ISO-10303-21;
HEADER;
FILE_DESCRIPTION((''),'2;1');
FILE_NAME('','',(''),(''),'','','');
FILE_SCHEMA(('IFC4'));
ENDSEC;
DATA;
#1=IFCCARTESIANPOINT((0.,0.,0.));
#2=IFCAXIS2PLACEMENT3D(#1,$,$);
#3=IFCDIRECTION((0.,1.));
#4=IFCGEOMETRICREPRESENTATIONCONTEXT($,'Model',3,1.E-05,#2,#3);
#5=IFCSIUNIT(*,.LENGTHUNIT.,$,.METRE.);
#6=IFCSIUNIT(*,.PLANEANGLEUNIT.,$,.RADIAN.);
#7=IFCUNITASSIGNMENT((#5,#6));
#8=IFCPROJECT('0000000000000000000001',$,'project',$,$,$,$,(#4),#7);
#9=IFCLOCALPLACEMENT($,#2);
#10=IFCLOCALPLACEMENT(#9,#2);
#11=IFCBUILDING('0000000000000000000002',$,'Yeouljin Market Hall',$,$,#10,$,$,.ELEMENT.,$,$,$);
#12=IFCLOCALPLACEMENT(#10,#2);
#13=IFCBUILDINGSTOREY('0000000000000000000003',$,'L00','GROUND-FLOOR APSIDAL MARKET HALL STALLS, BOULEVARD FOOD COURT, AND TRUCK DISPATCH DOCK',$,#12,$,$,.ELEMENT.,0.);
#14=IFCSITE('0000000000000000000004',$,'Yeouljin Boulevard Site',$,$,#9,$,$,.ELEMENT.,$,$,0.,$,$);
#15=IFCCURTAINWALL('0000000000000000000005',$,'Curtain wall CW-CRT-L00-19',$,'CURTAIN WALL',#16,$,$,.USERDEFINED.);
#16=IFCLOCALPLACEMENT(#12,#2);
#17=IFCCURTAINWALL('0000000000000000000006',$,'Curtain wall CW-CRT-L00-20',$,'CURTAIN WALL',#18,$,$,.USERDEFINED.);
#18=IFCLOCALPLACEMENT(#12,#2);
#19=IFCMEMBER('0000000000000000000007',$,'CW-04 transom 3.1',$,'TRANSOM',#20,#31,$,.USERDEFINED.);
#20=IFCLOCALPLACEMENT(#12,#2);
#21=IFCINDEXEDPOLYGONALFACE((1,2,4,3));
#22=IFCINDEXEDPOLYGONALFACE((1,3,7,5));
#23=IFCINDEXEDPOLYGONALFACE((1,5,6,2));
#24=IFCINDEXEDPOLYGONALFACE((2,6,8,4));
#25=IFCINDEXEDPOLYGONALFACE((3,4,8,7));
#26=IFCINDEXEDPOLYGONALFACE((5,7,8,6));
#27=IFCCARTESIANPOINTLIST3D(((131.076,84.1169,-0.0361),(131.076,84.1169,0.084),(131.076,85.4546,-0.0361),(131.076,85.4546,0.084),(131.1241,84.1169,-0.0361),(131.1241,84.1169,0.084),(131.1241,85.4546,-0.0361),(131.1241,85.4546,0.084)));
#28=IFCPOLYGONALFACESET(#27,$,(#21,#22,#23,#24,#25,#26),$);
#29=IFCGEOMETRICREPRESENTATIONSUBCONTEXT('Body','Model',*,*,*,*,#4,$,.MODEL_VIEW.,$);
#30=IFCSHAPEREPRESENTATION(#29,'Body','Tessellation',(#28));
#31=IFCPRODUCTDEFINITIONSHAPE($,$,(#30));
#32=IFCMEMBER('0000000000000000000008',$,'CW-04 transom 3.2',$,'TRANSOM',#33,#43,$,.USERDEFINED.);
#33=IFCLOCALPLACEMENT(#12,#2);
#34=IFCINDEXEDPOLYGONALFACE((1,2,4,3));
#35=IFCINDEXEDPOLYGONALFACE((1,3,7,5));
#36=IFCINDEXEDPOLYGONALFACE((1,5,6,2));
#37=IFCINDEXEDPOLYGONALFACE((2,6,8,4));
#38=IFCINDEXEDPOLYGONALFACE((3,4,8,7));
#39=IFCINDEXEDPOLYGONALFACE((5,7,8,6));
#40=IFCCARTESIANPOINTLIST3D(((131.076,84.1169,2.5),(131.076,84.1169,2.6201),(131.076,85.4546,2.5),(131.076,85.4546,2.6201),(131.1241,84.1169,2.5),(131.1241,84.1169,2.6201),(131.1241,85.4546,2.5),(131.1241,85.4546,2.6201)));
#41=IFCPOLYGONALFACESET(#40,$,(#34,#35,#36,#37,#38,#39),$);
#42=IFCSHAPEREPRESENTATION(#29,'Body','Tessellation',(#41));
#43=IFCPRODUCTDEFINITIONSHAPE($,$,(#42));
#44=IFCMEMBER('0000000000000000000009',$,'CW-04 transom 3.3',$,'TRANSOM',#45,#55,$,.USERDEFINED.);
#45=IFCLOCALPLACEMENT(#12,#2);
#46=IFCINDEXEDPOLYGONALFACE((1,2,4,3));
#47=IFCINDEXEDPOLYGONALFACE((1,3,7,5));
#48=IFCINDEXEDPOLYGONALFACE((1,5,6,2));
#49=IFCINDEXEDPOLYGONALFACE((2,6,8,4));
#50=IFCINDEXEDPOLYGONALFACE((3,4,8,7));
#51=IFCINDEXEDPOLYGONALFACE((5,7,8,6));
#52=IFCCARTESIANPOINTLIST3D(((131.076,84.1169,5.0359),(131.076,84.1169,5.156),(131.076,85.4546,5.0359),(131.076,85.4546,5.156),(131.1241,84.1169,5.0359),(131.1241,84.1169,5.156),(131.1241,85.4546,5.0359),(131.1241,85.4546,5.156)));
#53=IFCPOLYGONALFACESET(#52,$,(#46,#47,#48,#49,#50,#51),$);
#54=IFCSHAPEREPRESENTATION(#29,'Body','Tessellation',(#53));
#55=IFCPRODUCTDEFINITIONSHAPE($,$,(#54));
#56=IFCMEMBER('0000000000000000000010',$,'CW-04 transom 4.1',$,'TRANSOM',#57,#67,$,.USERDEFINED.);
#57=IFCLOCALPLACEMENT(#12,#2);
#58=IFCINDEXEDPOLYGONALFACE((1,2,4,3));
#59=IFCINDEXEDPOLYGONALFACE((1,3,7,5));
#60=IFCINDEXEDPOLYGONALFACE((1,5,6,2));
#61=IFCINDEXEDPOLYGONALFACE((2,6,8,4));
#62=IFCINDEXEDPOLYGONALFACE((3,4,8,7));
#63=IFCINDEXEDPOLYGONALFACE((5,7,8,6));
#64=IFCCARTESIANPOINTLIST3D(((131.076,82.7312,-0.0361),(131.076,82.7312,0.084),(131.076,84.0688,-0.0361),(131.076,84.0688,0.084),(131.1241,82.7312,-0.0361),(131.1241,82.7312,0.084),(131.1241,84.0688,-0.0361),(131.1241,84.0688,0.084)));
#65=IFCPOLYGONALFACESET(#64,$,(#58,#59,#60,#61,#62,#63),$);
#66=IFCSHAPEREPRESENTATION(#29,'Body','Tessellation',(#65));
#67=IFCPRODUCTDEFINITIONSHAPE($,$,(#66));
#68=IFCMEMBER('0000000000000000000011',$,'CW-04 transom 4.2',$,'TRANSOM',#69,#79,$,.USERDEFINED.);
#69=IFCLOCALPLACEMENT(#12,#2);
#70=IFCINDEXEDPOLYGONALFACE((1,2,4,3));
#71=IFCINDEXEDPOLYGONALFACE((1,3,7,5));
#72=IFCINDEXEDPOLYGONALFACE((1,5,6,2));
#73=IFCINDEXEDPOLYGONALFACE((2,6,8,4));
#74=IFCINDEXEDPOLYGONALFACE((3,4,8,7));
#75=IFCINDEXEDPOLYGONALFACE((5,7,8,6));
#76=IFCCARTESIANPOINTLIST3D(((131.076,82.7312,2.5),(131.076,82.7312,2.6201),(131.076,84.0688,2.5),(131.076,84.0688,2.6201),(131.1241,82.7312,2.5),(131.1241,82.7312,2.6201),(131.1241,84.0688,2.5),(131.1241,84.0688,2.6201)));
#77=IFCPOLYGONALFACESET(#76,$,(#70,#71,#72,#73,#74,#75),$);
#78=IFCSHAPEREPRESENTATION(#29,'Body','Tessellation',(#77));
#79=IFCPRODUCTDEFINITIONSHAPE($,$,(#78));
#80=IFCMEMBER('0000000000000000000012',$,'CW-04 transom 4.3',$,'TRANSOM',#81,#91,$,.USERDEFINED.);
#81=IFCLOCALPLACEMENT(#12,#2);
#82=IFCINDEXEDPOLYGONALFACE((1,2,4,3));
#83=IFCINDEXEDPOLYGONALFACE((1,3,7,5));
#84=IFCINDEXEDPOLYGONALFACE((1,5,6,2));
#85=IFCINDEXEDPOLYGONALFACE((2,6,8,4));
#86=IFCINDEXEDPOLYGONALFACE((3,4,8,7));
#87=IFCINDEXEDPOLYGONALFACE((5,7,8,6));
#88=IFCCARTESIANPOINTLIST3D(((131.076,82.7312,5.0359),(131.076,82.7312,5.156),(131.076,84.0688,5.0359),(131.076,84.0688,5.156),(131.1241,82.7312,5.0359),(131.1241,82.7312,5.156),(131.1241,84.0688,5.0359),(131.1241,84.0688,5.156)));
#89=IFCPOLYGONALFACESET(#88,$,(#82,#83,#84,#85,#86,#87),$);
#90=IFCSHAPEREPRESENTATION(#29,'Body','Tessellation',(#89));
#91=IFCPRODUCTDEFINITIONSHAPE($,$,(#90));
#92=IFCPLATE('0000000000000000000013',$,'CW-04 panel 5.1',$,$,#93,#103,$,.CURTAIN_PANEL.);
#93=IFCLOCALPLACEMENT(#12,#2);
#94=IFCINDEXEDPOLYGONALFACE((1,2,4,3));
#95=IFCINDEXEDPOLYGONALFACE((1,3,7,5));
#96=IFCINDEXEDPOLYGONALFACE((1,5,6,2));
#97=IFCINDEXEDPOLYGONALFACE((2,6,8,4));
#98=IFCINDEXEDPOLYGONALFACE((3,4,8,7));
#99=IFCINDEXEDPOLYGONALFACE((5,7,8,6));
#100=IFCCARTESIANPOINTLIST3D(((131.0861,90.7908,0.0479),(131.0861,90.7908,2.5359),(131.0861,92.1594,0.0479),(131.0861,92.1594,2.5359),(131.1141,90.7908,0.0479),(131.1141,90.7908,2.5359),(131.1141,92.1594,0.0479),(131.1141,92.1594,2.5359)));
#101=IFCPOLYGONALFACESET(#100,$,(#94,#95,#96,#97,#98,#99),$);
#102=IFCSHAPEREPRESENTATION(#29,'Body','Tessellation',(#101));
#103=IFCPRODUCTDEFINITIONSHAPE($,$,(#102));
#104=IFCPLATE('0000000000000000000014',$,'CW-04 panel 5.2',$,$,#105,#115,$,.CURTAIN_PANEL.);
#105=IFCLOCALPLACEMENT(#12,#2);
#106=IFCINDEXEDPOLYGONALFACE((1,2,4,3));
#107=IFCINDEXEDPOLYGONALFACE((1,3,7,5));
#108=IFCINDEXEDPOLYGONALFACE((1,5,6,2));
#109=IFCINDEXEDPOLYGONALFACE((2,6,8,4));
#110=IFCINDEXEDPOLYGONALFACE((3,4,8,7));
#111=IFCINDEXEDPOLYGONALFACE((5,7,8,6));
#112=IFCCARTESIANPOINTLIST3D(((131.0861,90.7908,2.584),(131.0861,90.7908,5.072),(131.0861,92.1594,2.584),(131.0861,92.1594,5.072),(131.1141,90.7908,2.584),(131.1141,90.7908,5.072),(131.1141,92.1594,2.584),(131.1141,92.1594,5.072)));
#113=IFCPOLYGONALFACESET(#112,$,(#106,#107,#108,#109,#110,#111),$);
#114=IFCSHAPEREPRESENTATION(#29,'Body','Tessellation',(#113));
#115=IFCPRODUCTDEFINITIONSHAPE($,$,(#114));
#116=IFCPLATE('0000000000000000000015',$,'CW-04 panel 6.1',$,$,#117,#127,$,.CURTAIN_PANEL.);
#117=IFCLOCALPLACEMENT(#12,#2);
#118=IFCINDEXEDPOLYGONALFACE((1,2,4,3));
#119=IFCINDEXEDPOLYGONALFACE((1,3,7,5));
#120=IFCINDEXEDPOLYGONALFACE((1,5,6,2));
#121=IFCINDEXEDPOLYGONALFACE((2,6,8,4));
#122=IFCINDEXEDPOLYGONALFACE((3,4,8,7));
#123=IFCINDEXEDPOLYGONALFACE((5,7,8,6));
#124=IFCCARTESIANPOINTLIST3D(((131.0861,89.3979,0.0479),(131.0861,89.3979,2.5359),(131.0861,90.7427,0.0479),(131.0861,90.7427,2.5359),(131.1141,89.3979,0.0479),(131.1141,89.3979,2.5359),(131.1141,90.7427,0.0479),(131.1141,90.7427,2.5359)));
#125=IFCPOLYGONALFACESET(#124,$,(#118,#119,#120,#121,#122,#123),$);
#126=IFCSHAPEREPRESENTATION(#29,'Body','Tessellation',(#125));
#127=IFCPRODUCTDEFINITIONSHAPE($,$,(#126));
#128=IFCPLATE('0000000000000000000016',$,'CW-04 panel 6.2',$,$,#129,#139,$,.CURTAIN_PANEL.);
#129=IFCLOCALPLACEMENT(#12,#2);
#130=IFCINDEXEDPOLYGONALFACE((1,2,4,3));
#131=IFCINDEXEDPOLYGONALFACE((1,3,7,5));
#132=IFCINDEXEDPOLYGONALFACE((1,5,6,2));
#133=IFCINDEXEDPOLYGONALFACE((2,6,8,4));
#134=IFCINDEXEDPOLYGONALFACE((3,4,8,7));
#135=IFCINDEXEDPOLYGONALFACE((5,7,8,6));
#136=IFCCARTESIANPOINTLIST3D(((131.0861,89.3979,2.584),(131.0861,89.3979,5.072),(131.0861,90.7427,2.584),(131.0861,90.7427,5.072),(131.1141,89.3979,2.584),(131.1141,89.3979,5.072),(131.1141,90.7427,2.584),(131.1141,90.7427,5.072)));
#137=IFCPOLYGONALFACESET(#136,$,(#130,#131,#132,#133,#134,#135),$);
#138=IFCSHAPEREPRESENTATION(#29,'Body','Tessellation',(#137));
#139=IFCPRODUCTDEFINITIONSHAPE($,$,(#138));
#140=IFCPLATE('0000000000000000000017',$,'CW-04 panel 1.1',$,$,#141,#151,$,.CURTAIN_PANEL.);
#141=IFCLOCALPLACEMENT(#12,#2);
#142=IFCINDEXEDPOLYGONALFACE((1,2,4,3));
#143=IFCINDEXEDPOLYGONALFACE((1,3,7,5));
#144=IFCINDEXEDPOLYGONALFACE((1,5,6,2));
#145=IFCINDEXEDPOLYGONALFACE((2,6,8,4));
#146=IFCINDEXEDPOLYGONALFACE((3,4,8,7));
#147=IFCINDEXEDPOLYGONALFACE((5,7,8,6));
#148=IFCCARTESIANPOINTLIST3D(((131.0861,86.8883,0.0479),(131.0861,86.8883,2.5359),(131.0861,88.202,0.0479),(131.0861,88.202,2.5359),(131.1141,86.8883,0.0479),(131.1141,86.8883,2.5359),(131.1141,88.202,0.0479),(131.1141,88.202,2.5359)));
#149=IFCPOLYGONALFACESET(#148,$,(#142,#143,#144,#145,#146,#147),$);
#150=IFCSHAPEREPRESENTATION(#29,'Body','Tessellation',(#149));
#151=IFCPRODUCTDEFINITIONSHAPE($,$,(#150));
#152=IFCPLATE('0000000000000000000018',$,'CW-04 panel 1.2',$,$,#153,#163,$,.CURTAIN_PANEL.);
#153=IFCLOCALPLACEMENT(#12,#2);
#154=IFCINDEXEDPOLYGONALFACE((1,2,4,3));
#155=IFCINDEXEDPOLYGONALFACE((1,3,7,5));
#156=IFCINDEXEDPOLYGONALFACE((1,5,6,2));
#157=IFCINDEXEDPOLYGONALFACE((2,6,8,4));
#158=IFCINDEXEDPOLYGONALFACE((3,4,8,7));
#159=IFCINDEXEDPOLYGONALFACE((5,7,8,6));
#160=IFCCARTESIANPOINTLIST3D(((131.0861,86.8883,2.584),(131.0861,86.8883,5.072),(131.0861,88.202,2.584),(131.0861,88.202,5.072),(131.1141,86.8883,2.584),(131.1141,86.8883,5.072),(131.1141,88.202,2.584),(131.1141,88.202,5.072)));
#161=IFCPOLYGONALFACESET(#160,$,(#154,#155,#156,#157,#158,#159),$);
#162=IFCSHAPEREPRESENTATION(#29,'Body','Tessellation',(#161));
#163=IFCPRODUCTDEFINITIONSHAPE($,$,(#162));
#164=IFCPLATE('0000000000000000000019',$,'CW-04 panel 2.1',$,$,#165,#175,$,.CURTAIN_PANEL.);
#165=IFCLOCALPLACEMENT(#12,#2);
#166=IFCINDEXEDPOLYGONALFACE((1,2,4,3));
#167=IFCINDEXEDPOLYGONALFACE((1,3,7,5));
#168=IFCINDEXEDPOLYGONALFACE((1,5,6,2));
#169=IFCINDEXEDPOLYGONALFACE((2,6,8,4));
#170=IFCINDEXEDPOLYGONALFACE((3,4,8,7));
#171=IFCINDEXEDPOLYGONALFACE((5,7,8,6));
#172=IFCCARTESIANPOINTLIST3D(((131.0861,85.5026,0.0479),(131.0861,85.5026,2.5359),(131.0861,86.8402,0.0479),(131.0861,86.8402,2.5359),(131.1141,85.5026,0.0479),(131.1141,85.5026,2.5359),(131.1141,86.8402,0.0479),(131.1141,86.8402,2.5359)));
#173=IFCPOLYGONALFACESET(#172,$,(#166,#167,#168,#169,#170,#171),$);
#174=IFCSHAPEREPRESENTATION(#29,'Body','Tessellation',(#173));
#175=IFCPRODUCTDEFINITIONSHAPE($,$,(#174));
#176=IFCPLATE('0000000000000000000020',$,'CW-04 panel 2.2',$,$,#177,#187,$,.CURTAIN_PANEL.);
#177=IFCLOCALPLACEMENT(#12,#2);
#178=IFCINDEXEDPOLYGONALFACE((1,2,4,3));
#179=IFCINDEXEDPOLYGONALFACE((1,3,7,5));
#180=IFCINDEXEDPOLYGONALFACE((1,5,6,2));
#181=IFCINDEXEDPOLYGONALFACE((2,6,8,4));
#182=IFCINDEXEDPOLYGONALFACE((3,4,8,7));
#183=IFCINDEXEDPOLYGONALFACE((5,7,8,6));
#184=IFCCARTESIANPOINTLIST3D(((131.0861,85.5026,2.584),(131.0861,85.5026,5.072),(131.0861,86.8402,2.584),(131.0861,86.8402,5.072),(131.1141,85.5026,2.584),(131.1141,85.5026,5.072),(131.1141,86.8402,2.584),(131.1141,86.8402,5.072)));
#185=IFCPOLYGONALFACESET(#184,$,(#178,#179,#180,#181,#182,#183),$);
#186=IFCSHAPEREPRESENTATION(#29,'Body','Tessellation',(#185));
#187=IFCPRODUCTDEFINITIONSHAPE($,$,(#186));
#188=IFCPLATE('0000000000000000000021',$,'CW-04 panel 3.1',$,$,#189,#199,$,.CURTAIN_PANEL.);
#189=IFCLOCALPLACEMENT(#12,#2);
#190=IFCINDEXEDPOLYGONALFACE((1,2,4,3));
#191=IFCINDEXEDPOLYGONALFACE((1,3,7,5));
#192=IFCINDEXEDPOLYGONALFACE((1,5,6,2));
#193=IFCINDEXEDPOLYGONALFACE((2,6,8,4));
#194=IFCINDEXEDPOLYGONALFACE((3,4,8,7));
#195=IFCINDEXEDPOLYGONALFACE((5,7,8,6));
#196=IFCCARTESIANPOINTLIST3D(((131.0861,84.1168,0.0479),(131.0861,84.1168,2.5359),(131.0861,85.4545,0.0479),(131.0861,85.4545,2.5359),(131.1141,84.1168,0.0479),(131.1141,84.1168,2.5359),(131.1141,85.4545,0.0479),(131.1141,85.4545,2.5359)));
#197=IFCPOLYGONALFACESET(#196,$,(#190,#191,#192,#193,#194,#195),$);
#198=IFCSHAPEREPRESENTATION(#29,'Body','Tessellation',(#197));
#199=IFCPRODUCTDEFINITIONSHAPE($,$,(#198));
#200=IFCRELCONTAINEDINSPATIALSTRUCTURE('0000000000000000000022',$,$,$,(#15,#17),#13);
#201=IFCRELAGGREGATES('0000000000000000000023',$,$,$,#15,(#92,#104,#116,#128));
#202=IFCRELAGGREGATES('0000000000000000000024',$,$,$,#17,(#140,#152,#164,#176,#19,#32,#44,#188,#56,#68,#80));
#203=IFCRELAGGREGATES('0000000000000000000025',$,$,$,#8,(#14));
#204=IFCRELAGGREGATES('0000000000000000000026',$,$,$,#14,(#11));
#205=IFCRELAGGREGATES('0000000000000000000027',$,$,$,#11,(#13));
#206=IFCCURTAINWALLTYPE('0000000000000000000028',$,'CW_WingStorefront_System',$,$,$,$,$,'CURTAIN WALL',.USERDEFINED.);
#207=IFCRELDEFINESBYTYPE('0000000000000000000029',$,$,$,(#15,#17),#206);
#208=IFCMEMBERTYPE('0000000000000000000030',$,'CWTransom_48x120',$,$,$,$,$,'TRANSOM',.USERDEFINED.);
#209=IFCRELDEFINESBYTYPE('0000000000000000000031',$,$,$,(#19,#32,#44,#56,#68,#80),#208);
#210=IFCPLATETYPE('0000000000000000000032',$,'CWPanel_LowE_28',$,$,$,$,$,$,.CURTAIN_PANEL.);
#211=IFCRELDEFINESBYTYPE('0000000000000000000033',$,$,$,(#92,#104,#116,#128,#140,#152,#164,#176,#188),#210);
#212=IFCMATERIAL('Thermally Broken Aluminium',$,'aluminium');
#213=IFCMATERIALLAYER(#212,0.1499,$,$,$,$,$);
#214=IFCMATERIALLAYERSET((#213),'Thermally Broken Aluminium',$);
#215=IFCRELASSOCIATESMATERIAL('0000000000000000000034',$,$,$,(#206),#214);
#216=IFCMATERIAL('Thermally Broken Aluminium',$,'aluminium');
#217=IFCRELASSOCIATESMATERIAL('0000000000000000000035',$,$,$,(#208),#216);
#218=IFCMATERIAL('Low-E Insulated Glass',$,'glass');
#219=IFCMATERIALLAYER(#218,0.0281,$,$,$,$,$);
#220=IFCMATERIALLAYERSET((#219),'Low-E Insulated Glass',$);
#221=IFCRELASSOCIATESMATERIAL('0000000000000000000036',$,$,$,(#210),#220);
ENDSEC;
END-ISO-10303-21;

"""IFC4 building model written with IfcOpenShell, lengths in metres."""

from ifc_helpers import new_model, si_unit, direction, frame, origin, origin_2d, place, context, subcontext, project, spatial, rectangle, extrude, material, layer, layer_set, material_profile, profile_set, type_object, element, aggregate, save


model = new_model("IFC4")

# Units and contexts
model_context = context("Model", 3, precision=1e-05, world=origin(), true_north=direction((0.0, 1.0)))
body_context = subcontext(model_context, "Body", "Model", "MODEL_VIEW")
ifc_project = project(units=[si_unit("LENGTHUNIT", "METRE"), si_unit("PLANEANGLEUNIT", "RADIAN")], contexts=[model_context])

# Site, building, storey
site_placement = place(None, origin())
site = spatial("IfcSite", under=ifc_project, at=site_placement, Name="Yeouljin Boulevard Site", CompositionType="ELEMENT", RefElevation=0.0)
building_placement = place(site_placement, origin())
building = spatial("IfcBuilding", under=site, at=building_placement, Name="Yeouljin Market Hall", CompositionType="ELEMENT")
storey_placement = place(building_placement, origin())
storey = spatial("IfcBuildingStorey", under=building, at=storey_placement, Name="L00", Description="GROUND-FLOOR APSIDAL MARKET HALL STALLS, BOULEVARD FOOD COURT, AND TRUCK DISPATCH DOCK", CompositionType="ELEMENT", Elevation=0.0)

# Curtain walls
ifc_material_1 = material(Name="Thermally Broken Aluminium", Category="aluminium")
ifc_layer_1 = layer(ifc_material_1, 0.1499)
ifc_layer_set_1 = layer_set([ifc_layer_1], Name="Thermally Broken Aluminium")
curtain_wall_type = type_object("IfcCurtainWallType", Name="CW_WingStorefront_System", ElementType="CURTAIN WALL", PredefinedType="USERDEFINED", material=ifc_layer_set_1)
curtain_wall_1_placement = place(storey_placement, origin())
curtain_wall_1 = element("IfcCurtainWall", 1, at=curtain_wall_1_placement, inside=storey, type_object=curtain_wall_type, Name="Curtain wall CW-CRT-L00-19", ObjectType="CURTAIN WALL", PredefinedType="USERDEFINED")
curtain_wall_2_placement = place(storey_placement, origin())
curtain_wall_2 = element("IfcCurtainWall", 2, at=curtain_wall_2_placement, inside=storey, type_object=curtain_wall_type, Name="Curtain wall CW-CRT-L00-20", ObjectType="CURTAIN WALL", PredefinedType="USERDEFINED")

# Members
ifc_material_2 = material(Name="Thermally Broken Aluminium", Category="aluminium")
ifc_material_profile_1 = material_profile(ifc_material_2, rectangle(XDim=0.0481, YDim=0.1201, at=origin_2d()), Name="CW-TRAN-48x120")
ifc_profile_set_1 = profile_set([ifc_material_profile_1], Name="Thermally Broken Aluminium")
member_type_1 = type_object("IfcMemberType", Name="CWTransom_48x120", ElementType="TRANSOM", PredefinedType="USERDEFINED", material=ifc_profile_set_1)
member_1_placement = place(storey_placement, frame((131.1001, 85.4546, 0.0239), z_axis=(0.0, -1.0, 0.0), x_axis=(1.0, 0.0, 0.0)))
member_1 = element("IfcMember", 3, at=member_1_placement, type_object=member_type_1, Name="CW-04 transom 3.1", ObjectType="TRANSOM", PredefinedType="USERDEFINED", context=body_context, shape_type="SweptSolid", body=[
    extrude(rectangle(XDim=0.0481, YDim=0.1201, at=origin_2d()), origin(), (0.0, 0.0, 1.0), 1.3376),
])
member_2_placement = place(storey_placement, frame((131.1001, 85.4546, 2.5601), z_axis=(0.0, -1.0, 0.0), x_axis=(1.0, 0.0, 0.0)))
member_2 = element("IfcMember", 4, at=member_2_placement, type_object=member_type_1, Name="CW-04 transom 3.2", ObjectType="TRANSOM", PredefinedType="USERDEFINED", context=body_context, shape_type="SweptSolid", body=[
    extrude(rectangle(XDim=0.0481, YDim=0.1201, at=origin_2d()), origin(), (0.0, 0.0, 1.0), 1.3376),
])
member_3_placement = place(storey_placement, frame((131.1001, 85.4546, 5.0959), z_axis=(0.0, -1.0, 0.0), x_axis=(1.0, 0.0, 0.0)))
member_3 = element("IfcMember", 5, at=member_3_placement, type_object=member_type_1, Name="CW-04 transom 3.3", ObjectType="TRANSOM", PredefinedType="USERDEFINED", context=body_context, shape_type="SweptSolid", body=[
    extrude(rectangle(XDim=0.0481, YDim=0.1201, at=origin_2d()), origin(), (0.0, 0.0, 1.0), 1.3376),
])
member_4_placement = place(storey_placement, frame((131.1001, 84.0688, 0.0239), z_axis=(0.0, -1.0, 0.0), x_axis=(1.0, 0.0, 0.0)))
member_4 = element("IfcMember", 6, at=member_4_placement, type_object=member_type_1, Name="CW-04 transom 4.1", ObjectType="TRANSOM", PredefinedType="USERDEFINED", context=body_context, shape_type="SweptSolid", body=[
    extrude(rectangle(XDim=0.0481, YDim=0.1201, at=origin_2d()), origin(), (0.0, 0.0, 1.0), 1.3376),
])
member_5_placement = place(storey_placement, frame((131.1001, 84.0688, 2.5601), z_axis=(0.0, -1.0, 0.0), x_axis=(1.0, 0.0, 0.0)))
member_5 = element("IfcMember", 7, at=member_5_placement, type_object=member_type_1, Name="CW-04 transom 4.2", ObjectType="TRANSOM", PredefinedType="USERDEFINED", context=body_context, shape_type="SweptSolid", body=[
    extrude(rectangle(XDim=0.0481, YDim=0.1201, at=origin_2d()), origin(), (0.0, 0.0, 1.0), 1.3376),
])
member_6_placement = place(storey_placement, frame((131.1001, 84.0688, 5.0959), z_axis=(0.0, -1.0, 0.0), x_axis=(1.0, 0.0, 0.0)))
member_6 = element("IfcMember", 8, at=member_6_placement, type_object=member_type_1, Name="CW-04 transom 4.3", ObjectType="TRANSOM", PredefinedType="USERDEFINED", context=body_context, shape_type="SweptSolid", body=[
    extrude(rectangle(XDim=0.0481, YDim=0.1201, at=origin_2d()), origin(), (0.0, 0.0, 1.0), 1.3376),
])

# Plates
ifc_material_3 = material(Name="Low-E Insulated Glass", Category="glass")
ifc_layer_2 = layer(ifc_material_3, 0.0281)
ifc_layer_set_2 = layer_set([ifc_layer_2], Name="Low-E Insulated Glass")
plate_type = type_object("IfcPlateType", Name="CWPanel_LowE_28", PredefinedType="CURTAIN_PANEL", material=ifc_layer_set_2)
plate_1_placement = place(storey_placement, frame((131.1001, 91.4751, 0.0479), z_axis=(0.0, 0.0, 1.0), x_axis=(0.0, -1.0, 0.0)))
plate_1 = element("IfcPlate", 9, at=plate_1_placement, type_object=plate_type, Name="CW-04 panel 5.1", PredefinedType="CURTAIN_PANEL", context=body_context, shape_type="SweptSolid", body=[
    extrude(rectangle(XDim=1.3687, YDim=0.0281, at=origin_2d()), origin(), (0.0, 0.0, 1.0), 2.488),
])
plate_2_placement = place(storey_placement, frame((131.1001, 91.4751, 2.584), z_axis=(0.0, 0.0, 1.0), x_axis=(0.0, -1.0, 0.0)))
plate_2 = element("IfcPlate", 10, at=plate_2_placement, type_object=plate_type, Name="CW-04 panel 5.2", PredefinedType="CURTAIN_PANEL", context=body_context, shape_type="SweptSolid", body=[
    extrude(rectangle(XDim=1.3687, YDim=0.0281, at=origin_2d()), origin(), (0.0, 0.0, 1.0), 2.488),
])
plate_3_placement = place(storey_placement, frame((131.1001, 90.0703, 0.0479), z_axis=(0.0, 0.0, 1.0), x_axis=(0.0, -1.0, 0.0)))
plate_3 = element("IfcPlate", 11, at=plate_3_placement, type_object=plate_type, Name="CW-04 panel 6.1", PredefinedType="CURTAIN_PANEL", context=body_context, shape_type="SweptSolid", body=[
    extrude(rectangle(XDim=1.3447, YDim=0.0281, at=origin_2d()), origin(), (0.0, 0.0, 1.0), 2.488),
])
plate_4_placement = place(storey_placement, frame((131.1001, 90.0703, 2.584), z_axis=(0.0, 0.0, 1.0), x_axis=(0.0, -1.0, 0.0)))
plate_4 = element("IfcPlate", 12, at=plate_4_placement, type_object=plate_type, Name="CW-04 panel 6.2", PredefinedType="CURTAIN_PANEL", context=body_context, shape_type="SweptSolid", body=[
    extrude(rectangle(XDim=1.3447, YDim=0.0281, at=origin_2d()), origin(), (0.0, 0.0, 1.0), 2.488),
])
aggregate(curtain_wall_1, [plate_1, plate_2, plate_3, plate_4])
plate_5_placement = place(storey_placement, frame((131.1001, 87.5452, 0.0479), z_axis=(0.0, 0.0, 1.0), x_axis=(0.0, -1.0, 0.0)))
plate_5 = element("IfcPlate", 13, at=plate_5_placement, type_object=plate_type, Name="CW-04 panel 1.1", PredefinedType="CURTAIN_PANEL", context=body_context, shape_type="SweptSolid", body=[
    extrude(rectangle(XDim=1.3137, YDim=0.0281, at=origin_2d()), origin(), (0.0, 0.0, 1.0), 2.488),
])
plate_6_placement = place(storey_placement, frame((131.1001, 87.5452, 2.584), z_axis=(0.0, 0.0, 1.0), x_axis=(0.0, -1.0, 0.0)))
plate_6 = element("IfcPlate", 14, at=plate_6_placement, type_object=plate_type, Name="CW-04 panel 1.2", PredefinedType="CURTAIN_PANEL", context=body_context, shape_type="SweptSolid", body=[
    extrude(rectangle(XDim=1.3137, YDim=0.0281, at=origin_2d()), origin(), (0.0, 0.0, 1.0), 2.488),
])
plate_7_placement = place(storey_placement, frame((131.1001, 86.1714, 0.0479), z_axis=(0.0, 0.0, 1.0), x_axis=(0.0, -1.0, 0.0)))
plate_7 = element("IfcPlate", 15, at=plate_7_placement, type_object=plate_type, Name="CW-04 panel 2.1", PredefinedType="CURTAIN_PANEL", context=body_context, shape_type="SweptSolid", body=[
    extrude(rectangle(XDim=1.3376, YDim=0.0281, at=origin_2d()), origin(), (0.0, 0.0, 1.0), 2.488),
])
plate_8_placement = place(storey_placement, frame((131.1001, 86.1714, 2.584), z_axis=(0.0, 0.0, 1.0), x_axis=(0.0, -1.0, 0.0)))
plate_8 = element("IfcPlate", 16, at=plate_8_placement, type_object=plate_type, Name="CW-04 panel 2.2", PredefinedType="CURTAIN_PANEL", context=body_context, shape_type="SweptSolid", body=[
    extrude(rectangle(XDim=1.3376, YDim=0.0281, at=origin_2d()), origin(), (0.0, 0.0, 1.0), 2.488),
])
plate_9_placement = place(storey_placement, frame((131.1001, 84.7856, 0.0479), z_axis=(0.0, 0.0, 1.0), x_axis=(0.0, -1.0, 0.0)))
plate_9 = element("IfcPlate", 17, at=plate_9_placement, type_object=plate_type, Name="CW-04 panel 3.1", PredefinedType="CURTAIN_PANEL", context=body_context, shape_type="SweptSolid", body=[
    extrude(rectangle(XDim=1.3376, YDim=0.0281, at=origin_2d()), origin(), (0.0, 0.0, 1.0), 2.488),
])
aggregate(curtain_wall_2, [plate_5, plate_6, plate_7, plate_8, member_1, member_2, member_3, plate_9, member_4, member_5, member_6])

save(model, "model.ifc")
